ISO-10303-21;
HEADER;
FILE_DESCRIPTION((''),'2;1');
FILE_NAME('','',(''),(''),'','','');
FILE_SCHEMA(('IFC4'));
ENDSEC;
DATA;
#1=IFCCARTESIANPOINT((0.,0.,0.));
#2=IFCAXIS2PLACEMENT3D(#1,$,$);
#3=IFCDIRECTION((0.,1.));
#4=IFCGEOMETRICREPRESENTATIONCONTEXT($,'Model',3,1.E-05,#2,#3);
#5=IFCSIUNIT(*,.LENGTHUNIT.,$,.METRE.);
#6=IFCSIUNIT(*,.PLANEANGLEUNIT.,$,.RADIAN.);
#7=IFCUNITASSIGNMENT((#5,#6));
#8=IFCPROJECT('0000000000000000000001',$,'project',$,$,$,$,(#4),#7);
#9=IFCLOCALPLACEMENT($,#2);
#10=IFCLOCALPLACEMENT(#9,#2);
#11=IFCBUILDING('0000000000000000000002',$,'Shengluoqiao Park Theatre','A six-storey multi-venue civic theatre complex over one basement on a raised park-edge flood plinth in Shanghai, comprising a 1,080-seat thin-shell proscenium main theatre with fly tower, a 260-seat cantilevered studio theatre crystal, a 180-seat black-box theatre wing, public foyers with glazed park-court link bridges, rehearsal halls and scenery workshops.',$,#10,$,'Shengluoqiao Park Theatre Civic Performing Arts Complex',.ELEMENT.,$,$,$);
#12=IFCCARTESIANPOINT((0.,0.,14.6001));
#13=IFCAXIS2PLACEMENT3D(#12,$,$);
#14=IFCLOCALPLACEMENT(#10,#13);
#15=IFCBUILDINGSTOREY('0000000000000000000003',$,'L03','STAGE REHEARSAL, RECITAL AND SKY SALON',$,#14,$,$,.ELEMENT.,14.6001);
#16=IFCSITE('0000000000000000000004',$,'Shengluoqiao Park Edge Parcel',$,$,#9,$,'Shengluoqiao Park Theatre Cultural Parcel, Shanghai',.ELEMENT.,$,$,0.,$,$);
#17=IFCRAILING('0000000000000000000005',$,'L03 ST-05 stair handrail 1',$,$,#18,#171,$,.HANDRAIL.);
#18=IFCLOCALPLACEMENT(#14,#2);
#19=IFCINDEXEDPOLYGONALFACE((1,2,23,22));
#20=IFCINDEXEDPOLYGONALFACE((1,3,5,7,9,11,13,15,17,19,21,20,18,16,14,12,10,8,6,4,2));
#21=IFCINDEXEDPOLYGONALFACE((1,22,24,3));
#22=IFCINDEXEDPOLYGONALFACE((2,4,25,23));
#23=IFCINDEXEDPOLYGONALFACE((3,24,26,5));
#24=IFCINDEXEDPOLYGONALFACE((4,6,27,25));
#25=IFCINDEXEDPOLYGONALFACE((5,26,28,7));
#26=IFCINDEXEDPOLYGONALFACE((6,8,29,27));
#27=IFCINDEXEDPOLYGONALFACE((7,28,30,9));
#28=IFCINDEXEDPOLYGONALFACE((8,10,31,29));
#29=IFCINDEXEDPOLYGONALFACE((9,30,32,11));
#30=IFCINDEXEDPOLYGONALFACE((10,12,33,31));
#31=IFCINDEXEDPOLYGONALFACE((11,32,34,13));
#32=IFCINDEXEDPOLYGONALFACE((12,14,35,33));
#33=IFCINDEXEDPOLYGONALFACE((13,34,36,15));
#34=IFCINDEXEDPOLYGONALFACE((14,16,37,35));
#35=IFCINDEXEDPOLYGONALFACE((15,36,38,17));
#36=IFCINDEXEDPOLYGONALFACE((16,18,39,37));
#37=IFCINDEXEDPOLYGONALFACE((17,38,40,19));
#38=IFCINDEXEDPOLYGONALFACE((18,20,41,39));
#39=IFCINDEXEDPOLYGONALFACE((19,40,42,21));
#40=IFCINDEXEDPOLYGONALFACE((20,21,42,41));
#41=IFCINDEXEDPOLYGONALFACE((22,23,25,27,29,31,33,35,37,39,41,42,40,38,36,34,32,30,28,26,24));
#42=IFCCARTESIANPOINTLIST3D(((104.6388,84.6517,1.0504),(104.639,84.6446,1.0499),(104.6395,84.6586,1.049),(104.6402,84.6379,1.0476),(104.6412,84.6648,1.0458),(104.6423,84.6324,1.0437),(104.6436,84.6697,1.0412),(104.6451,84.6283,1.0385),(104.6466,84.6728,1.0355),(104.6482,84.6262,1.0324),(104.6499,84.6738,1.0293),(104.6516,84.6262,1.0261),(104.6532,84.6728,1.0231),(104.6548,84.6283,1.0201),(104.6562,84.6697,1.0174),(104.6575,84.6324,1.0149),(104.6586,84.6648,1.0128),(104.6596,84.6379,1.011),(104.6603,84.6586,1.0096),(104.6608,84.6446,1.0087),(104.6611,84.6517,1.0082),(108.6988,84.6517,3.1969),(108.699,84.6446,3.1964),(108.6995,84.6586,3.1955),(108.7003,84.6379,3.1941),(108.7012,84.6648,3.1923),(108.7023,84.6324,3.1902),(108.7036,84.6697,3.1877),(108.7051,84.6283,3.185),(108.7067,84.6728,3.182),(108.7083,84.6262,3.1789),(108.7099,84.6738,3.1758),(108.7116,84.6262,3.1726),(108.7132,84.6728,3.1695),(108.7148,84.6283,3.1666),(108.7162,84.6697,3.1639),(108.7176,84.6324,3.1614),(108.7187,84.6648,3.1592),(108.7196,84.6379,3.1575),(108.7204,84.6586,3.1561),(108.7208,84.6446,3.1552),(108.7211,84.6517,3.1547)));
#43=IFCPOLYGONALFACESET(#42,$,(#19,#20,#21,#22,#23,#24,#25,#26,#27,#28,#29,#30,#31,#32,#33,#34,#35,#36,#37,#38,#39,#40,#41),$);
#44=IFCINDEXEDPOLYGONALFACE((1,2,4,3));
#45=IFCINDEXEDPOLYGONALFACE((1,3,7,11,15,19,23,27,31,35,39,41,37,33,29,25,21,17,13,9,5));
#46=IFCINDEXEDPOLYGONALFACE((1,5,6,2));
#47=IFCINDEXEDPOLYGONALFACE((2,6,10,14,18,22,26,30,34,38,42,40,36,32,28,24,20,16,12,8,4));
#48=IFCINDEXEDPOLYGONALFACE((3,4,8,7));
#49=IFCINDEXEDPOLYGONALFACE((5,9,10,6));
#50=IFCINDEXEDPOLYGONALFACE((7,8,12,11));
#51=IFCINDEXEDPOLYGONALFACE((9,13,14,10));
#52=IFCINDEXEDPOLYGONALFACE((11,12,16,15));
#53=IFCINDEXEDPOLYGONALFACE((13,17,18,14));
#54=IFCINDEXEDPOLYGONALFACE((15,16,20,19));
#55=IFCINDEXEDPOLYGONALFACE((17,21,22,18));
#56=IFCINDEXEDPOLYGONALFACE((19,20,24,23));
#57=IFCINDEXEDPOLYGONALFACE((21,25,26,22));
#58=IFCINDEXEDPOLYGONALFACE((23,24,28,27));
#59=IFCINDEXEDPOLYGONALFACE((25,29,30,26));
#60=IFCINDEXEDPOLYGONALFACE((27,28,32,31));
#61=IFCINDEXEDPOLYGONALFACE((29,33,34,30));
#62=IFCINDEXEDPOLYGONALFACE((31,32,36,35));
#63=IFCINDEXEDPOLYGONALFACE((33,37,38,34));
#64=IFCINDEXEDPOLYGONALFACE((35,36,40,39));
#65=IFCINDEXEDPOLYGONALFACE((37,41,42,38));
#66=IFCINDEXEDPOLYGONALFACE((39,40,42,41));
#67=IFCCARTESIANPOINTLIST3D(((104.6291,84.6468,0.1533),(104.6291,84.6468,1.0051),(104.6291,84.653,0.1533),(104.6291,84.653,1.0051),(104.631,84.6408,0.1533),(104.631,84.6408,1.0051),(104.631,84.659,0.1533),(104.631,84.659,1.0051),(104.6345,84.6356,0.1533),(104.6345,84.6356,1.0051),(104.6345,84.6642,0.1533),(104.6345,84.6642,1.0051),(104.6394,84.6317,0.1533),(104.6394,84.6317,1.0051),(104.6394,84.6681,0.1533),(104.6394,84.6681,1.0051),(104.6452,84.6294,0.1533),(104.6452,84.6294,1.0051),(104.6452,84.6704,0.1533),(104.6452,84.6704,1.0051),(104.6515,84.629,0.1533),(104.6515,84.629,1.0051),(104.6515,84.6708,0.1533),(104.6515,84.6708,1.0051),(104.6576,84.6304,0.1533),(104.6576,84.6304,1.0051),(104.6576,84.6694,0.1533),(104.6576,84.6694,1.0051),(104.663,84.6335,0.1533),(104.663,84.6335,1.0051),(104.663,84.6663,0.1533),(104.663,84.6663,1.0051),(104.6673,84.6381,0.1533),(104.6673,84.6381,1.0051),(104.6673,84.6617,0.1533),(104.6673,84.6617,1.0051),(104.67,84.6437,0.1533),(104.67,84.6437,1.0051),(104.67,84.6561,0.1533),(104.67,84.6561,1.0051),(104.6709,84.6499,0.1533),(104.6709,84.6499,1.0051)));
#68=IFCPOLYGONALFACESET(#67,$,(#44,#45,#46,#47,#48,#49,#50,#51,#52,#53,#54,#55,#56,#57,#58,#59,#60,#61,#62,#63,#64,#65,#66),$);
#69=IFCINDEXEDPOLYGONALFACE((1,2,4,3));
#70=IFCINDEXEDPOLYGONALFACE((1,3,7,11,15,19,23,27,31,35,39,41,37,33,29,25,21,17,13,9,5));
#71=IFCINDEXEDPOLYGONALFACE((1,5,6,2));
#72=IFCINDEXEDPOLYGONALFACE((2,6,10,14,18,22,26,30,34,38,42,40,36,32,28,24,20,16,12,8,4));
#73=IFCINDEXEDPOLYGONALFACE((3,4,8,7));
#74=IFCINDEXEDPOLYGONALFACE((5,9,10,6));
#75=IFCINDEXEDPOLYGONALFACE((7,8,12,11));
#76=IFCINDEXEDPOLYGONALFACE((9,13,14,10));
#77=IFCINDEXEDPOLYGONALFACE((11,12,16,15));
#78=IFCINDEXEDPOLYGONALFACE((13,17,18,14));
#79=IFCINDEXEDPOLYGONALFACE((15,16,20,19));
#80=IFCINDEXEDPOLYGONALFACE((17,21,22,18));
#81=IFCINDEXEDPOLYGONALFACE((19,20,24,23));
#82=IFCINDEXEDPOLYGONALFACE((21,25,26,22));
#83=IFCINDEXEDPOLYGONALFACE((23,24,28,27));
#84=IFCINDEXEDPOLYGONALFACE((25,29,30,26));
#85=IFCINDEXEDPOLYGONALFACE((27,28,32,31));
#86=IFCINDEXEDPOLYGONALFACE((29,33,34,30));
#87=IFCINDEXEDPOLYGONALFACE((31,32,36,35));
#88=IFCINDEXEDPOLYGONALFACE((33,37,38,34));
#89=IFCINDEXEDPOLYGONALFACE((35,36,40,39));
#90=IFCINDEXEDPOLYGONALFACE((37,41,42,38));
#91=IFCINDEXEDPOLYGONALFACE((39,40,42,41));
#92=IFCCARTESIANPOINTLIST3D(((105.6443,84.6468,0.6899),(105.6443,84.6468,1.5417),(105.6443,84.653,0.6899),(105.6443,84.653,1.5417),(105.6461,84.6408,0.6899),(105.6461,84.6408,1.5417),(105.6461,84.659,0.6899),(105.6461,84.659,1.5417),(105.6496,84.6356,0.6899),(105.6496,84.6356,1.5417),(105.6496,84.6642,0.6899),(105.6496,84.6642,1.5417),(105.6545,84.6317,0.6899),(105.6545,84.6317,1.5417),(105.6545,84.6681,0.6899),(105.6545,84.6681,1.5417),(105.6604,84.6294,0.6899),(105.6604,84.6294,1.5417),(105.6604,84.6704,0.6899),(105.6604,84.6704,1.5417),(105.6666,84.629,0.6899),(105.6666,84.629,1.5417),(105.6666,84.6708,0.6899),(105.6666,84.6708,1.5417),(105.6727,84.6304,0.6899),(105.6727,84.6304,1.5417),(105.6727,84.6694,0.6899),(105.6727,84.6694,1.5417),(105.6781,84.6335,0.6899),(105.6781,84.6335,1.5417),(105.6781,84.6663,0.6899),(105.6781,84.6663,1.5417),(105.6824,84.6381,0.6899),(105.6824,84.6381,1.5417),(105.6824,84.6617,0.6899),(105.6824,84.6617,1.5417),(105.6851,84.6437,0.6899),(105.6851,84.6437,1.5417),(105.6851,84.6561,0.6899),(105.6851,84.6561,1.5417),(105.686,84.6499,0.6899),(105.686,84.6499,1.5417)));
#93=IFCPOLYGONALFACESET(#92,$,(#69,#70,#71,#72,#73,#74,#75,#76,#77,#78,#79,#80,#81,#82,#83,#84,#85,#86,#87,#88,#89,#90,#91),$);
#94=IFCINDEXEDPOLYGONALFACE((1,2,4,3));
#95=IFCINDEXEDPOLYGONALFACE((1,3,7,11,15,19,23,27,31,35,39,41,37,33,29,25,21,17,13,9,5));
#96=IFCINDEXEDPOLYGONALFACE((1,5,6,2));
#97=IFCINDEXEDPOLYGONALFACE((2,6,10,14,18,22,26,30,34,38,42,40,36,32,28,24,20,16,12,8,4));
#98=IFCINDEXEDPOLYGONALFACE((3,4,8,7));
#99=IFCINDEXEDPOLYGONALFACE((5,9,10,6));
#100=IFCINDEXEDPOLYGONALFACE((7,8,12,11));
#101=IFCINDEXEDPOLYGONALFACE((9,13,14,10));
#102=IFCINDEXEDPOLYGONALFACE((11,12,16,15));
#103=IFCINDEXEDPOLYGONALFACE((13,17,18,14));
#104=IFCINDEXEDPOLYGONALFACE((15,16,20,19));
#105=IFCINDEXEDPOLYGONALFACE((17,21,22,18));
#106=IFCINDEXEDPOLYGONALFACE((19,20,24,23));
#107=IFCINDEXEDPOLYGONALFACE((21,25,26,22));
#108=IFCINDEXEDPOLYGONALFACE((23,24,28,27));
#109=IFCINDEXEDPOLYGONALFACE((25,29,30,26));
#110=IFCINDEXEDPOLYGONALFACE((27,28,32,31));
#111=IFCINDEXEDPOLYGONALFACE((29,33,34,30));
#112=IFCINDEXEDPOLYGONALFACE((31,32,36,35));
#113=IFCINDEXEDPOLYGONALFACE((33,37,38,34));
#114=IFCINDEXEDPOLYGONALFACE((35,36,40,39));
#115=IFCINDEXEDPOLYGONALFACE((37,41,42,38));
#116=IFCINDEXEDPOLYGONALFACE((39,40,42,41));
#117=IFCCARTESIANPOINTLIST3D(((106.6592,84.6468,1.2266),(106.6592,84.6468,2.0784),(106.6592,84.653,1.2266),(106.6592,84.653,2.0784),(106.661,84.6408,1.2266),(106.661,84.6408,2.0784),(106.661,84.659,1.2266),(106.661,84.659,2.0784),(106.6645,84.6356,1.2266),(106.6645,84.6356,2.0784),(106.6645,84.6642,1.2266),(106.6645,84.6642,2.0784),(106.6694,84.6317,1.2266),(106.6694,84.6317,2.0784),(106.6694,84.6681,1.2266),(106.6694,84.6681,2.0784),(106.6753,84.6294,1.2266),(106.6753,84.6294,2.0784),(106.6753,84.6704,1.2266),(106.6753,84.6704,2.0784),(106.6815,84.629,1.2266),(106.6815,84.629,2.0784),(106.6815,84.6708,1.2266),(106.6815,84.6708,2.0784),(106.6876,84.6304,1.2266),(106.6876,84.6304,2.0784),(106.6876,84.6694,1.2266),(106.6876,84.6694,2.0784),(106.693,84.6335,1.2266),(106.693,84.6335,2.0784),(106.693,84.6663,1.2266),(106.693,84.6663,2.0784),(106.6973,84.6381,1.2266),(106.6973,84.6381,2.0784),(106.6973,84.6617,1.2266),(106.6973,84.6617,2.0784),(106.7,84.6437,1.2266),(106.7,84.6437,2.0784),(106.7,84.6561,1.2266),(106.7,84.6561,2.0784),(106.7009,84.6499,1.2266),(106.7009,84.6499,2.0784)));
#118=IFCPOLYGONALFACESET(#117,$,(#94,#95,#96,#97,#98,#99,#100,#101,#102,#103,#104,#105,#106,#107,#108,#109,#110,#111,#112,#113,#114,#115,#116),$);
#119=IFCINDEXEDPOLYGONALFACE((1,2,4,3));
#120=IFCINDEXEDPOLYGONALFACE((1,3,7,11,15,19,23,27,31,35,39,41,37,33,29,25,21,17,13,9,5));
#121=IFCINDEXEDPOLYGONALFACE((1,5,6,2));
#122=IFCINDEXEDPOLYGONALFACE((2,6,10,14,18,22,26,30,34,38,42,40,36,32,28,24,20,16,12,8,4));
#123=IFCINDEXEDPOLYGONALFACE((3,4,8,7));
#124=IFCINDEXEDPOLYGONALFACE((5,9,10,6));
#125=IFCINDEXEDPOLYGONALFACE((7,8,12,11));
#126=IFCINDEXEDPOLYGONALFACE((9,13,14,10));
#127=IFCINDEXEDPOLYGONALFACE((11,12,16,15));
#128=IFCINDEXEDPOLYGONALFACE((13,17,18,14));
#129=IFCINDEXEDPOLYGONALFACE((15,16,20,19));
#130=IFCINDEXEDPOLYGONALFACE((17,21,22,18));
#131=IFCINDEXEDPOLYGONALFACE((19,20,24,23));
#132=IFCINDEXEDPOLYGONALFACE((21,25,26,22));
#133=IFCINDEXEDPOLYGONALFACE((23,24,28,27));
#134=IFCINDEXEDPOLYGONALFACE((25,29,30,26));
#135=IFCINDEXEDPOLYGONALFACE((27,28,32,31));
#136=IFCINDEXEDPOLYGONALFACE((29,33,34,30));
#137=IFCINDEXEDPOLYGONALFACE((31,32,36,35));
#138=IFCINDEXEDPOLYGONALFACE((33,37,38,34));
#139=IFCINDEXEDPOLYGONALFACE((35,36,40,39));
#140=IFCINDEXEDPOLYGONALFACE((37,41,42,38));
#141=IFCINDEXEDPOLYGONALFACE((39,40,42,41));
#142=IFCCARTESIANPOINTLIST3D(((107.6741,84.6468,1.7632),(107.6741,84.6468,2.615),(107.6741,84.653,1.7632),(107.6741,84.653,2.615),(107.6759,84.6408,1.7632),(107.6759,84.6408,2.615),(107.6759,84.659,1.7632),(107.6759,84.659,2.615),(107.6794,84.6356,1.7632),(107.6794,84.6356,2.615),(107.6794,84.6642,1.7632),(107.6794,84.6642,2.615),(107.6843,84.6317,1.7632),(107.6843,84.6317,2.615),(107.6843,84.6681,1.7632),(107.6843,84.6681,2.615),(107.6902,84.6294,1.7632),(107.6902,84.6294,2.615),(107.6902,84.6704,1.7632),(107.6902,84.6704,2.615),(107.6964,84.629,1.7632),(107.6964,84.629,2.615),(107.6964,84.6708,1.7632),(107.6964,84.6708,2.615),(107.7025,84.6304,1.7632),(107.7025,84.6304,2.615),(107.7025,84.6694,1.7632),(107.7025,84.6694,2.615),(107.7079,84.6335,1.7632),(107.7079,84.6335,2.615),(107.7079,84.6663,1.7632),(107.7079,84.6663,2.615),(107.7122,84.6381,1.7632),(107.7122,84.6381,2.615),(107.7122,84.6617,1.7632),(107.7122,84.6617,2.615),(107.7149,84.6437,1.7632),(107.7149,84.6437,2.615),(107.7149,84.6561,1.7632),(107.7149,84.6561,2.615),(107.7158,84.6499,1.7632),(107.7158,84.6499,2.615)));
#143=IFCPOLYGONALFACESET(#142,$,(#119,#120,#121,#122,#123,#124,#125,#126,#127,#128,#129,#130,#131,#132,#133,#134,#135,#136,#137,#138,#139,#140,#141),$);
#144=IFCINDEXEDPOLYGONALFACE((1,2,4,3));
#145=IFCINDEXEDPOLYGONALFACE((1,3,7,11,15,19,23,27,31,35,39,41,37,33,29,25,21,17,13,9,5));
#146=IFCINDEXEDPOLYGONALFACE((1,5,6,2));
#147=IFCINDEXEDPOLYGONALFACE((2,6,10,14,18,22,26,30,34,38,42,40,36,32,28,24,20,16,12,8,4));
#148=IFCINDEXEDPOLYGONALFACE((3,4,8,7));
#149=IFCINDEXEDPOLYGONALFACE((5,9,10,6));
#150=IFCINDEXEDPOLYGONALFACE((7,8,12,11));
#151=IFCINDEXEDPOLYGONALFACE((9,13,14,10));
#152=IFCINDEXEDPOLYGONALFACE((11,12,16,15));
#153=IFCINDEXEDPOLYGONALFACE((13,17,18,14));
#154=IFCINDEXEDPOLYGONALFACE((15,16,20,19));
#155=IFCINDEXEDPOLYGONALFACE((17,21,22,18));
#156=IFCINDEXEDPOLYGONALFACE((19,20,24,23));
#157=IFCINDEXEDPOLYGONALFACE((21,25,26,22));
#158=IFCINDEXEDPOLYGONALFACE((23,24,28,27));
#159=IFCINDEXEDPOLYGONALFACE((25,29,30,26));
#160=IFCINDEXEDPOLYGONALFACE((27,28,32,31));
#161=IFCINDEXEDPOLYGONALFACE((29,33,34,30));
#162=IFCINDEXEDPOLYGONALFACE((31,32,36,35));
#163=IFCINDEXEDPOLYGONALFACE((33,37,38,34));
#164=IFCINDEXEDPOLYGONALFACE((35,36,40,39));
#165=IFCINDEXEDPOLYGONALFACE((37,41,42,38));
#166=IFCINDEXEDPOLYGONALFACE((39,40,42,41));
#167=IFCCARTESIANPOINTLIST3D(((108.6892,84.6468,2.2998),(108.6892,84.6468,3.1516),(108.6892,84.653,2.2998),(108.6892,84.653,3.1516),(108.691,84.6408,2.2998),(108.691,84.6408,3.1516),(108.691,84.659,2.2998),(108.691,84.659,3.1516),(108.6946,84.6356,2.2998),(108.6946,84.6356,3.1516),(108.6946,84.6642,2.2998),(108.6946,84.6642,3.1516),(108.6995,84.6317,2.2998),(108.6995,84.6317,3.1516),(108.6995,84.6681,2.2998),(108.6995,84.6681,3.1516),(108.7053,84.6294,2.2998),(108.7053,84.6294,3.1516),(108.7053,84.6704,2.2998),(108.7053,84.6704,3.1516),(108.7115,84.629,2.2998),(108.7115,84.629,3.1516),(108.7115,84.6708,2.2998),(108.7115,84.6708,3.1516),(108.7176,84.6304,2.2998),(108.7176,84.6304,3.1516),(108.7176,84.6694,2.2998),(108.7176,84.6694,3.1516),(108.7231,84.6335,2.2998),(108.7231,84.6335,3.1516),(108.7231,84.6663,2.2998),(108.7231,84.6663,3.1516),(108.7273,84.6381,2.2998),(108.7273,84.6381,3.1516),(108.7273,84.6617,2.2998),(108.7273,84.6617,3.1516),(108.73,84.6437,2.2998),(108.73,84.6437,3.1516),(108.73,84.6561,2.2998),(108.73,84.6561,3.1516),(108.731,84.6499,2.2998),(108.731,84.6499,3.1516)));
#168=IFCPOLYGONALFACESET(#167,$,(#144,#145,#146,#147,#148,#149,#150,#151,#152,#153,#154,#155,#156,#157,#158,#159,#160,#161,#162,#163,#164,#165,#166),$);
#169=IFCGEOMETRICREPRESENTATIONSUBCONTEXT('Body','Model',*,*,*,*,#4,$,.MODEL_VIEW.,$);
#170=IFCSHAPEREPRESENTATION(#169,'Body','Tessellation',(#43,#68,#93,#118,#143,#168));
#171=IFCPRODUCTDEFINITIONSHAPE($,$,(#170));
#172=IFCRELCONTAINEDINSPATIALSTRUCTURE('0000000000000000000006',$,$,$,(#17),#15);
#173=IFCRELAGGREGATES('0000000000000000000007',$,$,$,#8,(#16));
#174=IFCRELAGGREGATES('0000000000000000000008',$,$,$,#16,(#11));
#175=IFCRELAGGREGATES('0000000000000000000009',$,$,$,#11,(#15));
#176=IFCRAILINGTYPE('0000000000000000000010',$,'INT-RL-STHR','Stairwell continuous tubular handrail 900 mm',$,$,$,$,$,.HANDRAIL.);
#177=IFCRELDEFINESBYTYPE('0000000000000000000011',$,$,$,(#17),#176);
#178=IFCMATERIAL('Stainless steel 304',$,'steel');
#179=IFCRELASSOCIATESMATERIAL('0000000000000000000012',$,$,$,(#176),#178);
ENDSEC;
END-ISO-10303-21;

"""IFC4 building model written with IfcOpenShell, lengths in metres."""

from ifc_helpers import new_model, si_unit, direction, frame, origin, origin_2d, place, context, subcontext, project, spatial, circle, extrude, material, type_object, element, save


model = new_model("IFC4")

# Units and contexts
model_context = context("Model", 3, precision=1e-05, world=origin(), true_north=direction((0.0, 1.0)))
body_context = subcontext(model_context, "Body", "Model", "MODEL_VIEW")
ifc_project = project(units=[si_unit("LENGTHUNIT", "METRE"), si_unit("PLANEANGLEUNIT", "RADIAN")], contexts=[model_context])

# Site, building, storey
site_placement = place(None, origin())
site = spatial("IfcSite", under=ifc_project, at=site_placement, Name="Shengluoqiao Park Edge Parcel", LongName="Shengluoqiao Park Theatre Cultural Parcel, Shanghai", CompositionType="ELEMENT", RefElevation=0.0)
building_placement = place(site_placement, origin())
building = spatial("IfcBuilding", under=site, at=building_placement, Name="Shengluoqiao Park Theatre", Description="A six-storey multi-venue civic theatre complex over one basement on a raised park-edge flood plinth in Shanghai, comprising a 1,080-seat thin-shell proscenium main theatre with fly tower, a 260-seat cantilevered studio theatre crystal, a 180-seat black-box theatre wing, public foyers with glazed park-court link bridges, rehearsal halls and scenery workshops.", LongName="Shengluoqiao Park Theatre Civic Performing Arts Complex", CompositionType="ELEMENT")
storey_placement = place(building_placement, frame((0.0, 0.0, 14.6001)))
storey = spatial("IfcBuildingStorey", under=building, at=storey_placement, Name="L03", Description="STAGE REHEARSAL, RECITAL AND SKY SALON", CompositionType="ELEMENT", Elevation=14.6001)

# Shared definitions
ifc_material_1 = material(Name="Stainless steel 304", Category="steel")

# Railing
railing_type_1 = type_object("IfcRailingType", Name="INT-RL-STHR", Description="Stairwell continuous tubular handrail 900 mm", PredefinedType="HANDRAIL", material=ifc_material_1)
railing_1_placement = place(storey_placement, frame((104.6499, 84.6499, 0.1533)))
element("IfcRailing", 1, at=railing_1_placement, inside=storey, type_object=railing_type_1, Name="L03 ST-05 stair handrail 1", PredefinedType="HANDRAIL", context=body_context, shape_type="SweptSolid", body=[
    extrude(circle(Radius=0.0239, at=origin_2d()), frame((0.0, 0.0, 0.876), z_axis=(0.884054, 0.0, 0.467384), x_axis=(0.0, 1.0, 0.0)), (0.0, 0.0, 1.0), 4.5925),
    extrude(circle(Radius=0.021, at=origin_2d()), origin(), (0.0, 0.0, 1.0), 0.8518),
    extrude(circle(Radius=0.021, at=origin_2d()), frame((1.0151, 0.0, 0.5366)), (0.0, 0.0, 1.0), 0.8518),
    extrude(circle(Radius=0.021, at=origin_2d()), frame((2.03, 0.0, 1.0732)), (0.0, 0.0, 1.0), 0.8518),
    extrude(circle(Radius=0.021, at=origin_2d()), frame((3.0449, 0.0, 1.6099)), (0.0, 0.0, 1.0), 0.8518),
    extrude(circle(Radius=0.021, at=origin_2d()), frame((4.0601, 0.0, 2.1465)), (0.0, 0.0, 1.0), 0.8518),
])

save(model, "model.ifc")
